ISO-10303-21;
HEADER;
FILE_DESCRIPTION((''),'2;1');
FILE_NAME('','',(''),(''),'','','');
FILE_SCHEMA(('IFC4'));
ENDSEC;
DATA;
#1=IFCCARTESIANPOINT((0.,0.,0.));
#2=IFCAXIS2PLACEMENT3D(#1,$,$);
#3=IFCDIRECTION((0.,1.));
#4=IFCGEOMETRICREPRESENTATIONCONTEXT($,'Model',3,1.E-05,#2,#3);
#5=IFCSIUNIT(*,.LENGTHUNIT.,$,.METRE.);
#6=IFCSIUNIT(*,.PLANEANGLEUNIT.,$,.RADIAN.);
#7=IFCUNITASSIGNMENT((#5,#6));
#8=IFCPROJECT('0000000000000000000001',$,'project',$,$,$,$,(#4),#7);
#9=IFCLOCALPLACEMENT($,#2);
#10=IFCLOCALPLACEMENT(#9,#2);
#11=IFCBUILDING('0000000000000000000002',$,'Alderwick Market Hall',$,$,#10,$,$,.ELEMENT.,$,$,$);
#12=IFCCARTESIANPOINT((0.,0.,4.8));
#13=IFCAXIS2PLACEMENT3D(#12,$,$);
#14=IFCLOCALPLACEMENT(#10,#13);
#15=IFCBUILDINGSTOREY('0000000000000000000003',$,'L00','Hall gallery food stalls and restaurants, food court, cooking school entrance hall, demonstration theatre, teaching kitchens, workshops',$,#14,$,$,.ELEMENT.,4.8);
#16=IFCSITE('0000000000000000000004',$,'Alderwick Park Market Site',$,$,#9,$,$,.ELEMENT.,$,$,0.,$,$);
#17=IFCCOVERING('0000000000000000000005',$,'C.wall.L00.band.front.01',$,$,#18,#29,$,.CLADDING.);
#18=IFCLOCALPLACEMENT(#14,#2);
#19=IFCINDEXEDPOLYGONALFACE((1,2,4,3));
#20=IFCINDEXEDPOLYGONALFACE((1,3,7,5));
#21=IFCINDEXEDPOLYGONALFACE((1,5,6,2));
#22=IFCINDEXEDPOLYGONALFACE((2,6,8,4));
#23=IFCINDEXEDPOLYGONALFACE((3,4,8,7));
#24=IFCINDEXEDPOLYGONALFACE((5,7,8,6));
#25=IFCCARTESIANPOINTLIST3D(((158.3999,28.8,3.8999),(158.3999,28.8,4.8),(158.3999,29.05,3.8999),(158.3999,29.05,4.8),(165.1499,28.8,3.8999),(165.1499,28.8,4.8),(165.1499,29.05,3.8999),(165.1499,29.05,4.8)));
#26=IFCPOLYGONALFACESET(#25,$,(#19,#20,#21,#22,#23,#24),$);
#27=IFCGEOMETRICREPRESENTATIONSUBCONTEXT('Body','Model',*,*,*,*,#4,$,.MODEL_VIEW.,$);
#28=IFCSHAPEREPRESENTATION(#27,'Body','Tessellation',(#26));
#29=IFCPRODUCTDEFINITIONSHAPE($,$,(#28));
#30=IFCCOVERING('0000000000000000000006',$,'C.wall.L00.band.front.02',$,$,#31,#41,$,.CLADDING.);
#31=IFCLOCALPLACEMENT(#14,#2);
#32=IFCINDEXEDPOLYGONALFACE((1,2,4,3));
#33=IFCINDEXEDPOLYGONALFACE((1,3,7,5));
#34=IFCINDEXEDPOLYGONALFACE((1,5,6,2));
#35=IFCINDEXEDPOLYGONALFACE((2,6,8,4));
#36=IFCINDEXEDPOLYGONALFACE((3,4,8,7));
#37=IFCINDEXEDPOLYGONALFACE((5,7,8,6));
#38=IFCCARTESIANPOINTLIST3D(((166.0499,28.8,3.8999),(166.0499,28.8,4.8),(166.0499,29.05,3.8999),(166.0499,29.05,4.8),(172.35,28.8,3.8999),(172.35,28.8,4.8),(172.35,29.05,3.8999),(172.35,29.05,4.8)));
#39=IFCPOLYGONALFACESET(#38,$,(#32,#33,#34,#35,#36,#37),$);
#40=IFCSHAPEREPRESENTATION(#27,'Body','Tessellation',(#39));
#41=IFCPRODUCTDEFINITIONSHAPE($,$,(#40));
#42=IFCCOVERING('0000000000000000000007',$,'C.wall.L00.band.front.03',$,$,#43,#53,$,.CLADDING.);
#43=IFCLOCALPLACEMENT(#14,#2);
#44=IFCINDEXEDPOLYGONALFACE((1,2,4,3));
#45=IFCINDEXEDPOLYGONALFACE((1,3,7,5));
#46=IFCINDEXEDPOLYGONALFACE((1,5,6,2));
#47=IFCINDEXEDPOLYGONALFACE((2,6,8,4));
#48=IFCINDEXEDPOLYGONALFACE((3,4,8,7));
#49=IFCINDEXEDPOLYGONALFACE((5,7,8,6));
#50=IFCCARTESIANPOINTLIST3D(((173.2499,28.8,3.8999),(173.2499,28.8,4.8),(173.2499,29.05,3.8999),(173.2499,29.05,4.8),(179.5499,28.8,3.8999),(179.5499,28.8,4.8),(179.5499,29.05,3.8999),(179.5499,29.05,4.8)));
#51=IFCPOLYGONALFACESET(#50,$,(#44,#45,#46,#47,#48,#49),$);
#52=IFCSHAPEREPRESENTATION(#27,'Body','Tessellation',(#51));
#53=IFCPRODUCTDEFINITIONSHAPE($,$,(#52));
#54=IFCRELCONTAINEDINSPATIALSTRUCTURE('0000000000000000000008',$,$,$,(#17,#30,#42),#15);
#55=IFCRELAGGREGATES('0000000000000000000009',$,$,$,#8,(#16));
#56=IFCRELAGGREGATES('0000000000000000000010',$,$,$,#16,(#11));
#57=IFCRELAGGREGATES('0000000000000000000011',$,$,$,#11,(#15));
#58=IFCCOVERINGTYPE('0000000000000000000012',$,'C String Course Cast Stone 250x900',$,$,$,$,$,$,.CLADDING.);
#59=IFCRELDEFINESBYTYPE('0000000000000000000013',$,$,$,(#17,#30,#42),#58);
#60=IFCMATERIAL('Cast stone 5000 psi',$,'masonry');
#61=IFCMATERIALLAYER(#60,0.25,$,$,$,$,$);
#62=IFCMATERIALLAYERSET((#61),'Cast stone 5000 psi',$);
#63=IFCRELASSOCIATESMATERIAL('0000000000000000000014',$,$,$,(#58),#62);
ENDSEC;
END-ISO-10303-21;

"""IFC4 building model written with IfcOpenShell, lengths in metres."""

from ifc_helpers import new_model, si_unit, direction, frame, frame_2d, origin, place, context, subcontext, project, spatial, rectangle, extrude, material, layer, layer_set, type_object, element, save


model = new_model("IFC4")

# Units and contexts
model_context = context("Model", 3, precision=1e-05, world=origin(), true_north=direction((0.0, 1.0)))
body_context = subcontext(model_context, "Body", "Model", "MODEL_VIEW")
ifc_project = project(units=[si_unit("LENGTHUNIT", "METRE"), si_unit("PLANEANGLEUNIT", "RADIAN")], contexts=[model_context])

# Site, building, storey
site_placement = place(None, origin())
site = spatial("IfcSite", under=ifc_project, at=site_placement, Name="Alderwick Park Market Site", CompositionType="ELEMENT", RefElevation=0.0)
building_placement = place(site_placement, origin())
building = spatial("IfcBuilding", under=site, at=building_placement, Name="Alderwick Market Hall", CompositionType="ELEMENT")
storey_placement = place(building_placement, frame((0.0, 0.0, 4.8)))
storey = spatial("IfcBuildingStorey", under=building, at=storey_placement, Name="L00", Description="Hall gallery food stalls and restaurants, food court, cooking school entrance hall, demonstration theatre, teaching kitchens, workshops", CompositionType="ELEMENT", Elevation=4.8)

# Shared definitions
ifc_material_1 = material(Name="Cast stone 5000 psi", Category="masonry")

# Coverings
ifc_layer_1 = layer(ifc_material_1, 0.25)
ifc_layer_set_1 = layer_set([ifc_layer_1], Name="Cast stone 5000 psi")
covering_type = type_object("IfcCoveringType", Name="C String Course Cast Stone 250x900", PredefinedType="CLADDING", material=ifc_layer_set_1)
covering_placement = place(storey_placement, frame((158.3999, 28.925, 3.8999), z_axis=(0.0, 0.0, 1.0), x_axis=(1.0, 0.0, 0.0)))
element("IfcCovering", 1, at=covering_placement, inside=storey, type_object=covering_type, Name="C.wall.L00.band.front.01", PredefinedType="CLADDING", context=body_context, shape_type="SweptSolid", body=[
    extrude(rectangle(XDim=6.75, YDim=0.25, at=frame_2d((3.375, 0.0))), origin(), (0.0, 0.0, 1.0), 0.9001),
])
for number, where, z_axis, x_axis, name in (
    (2, (166.05, 28.925, 3.8999), (0.0, 0.0, 1.0), (1.0, 0.0, 0.0), "C.wall.L00.band.front.02"),
    (3, (173.25, 28.925, 3.8999), (0.0, 0.0, 1.0), (1.0, 0.0, 0.0), "C.wall.L00.band.front.03"),
):
    element("IfcCovering", number, at=place(storey_placement, frame(where, z_axis=z_axis, x_axis=x_axis)), inside=storey, type_object=covering_type, Name=name, PredefinedType="CLADDING", context=body_context, shape_type="SweptSolid", body=[
        extrude(rectangle(XDim=6.3, YDim=0.25, at=frame_2d((3.1499, 0.0))), origin(), (0.0, 0.0, 1.0), 0.9001),
    ])

save(model, "model.ifc")
